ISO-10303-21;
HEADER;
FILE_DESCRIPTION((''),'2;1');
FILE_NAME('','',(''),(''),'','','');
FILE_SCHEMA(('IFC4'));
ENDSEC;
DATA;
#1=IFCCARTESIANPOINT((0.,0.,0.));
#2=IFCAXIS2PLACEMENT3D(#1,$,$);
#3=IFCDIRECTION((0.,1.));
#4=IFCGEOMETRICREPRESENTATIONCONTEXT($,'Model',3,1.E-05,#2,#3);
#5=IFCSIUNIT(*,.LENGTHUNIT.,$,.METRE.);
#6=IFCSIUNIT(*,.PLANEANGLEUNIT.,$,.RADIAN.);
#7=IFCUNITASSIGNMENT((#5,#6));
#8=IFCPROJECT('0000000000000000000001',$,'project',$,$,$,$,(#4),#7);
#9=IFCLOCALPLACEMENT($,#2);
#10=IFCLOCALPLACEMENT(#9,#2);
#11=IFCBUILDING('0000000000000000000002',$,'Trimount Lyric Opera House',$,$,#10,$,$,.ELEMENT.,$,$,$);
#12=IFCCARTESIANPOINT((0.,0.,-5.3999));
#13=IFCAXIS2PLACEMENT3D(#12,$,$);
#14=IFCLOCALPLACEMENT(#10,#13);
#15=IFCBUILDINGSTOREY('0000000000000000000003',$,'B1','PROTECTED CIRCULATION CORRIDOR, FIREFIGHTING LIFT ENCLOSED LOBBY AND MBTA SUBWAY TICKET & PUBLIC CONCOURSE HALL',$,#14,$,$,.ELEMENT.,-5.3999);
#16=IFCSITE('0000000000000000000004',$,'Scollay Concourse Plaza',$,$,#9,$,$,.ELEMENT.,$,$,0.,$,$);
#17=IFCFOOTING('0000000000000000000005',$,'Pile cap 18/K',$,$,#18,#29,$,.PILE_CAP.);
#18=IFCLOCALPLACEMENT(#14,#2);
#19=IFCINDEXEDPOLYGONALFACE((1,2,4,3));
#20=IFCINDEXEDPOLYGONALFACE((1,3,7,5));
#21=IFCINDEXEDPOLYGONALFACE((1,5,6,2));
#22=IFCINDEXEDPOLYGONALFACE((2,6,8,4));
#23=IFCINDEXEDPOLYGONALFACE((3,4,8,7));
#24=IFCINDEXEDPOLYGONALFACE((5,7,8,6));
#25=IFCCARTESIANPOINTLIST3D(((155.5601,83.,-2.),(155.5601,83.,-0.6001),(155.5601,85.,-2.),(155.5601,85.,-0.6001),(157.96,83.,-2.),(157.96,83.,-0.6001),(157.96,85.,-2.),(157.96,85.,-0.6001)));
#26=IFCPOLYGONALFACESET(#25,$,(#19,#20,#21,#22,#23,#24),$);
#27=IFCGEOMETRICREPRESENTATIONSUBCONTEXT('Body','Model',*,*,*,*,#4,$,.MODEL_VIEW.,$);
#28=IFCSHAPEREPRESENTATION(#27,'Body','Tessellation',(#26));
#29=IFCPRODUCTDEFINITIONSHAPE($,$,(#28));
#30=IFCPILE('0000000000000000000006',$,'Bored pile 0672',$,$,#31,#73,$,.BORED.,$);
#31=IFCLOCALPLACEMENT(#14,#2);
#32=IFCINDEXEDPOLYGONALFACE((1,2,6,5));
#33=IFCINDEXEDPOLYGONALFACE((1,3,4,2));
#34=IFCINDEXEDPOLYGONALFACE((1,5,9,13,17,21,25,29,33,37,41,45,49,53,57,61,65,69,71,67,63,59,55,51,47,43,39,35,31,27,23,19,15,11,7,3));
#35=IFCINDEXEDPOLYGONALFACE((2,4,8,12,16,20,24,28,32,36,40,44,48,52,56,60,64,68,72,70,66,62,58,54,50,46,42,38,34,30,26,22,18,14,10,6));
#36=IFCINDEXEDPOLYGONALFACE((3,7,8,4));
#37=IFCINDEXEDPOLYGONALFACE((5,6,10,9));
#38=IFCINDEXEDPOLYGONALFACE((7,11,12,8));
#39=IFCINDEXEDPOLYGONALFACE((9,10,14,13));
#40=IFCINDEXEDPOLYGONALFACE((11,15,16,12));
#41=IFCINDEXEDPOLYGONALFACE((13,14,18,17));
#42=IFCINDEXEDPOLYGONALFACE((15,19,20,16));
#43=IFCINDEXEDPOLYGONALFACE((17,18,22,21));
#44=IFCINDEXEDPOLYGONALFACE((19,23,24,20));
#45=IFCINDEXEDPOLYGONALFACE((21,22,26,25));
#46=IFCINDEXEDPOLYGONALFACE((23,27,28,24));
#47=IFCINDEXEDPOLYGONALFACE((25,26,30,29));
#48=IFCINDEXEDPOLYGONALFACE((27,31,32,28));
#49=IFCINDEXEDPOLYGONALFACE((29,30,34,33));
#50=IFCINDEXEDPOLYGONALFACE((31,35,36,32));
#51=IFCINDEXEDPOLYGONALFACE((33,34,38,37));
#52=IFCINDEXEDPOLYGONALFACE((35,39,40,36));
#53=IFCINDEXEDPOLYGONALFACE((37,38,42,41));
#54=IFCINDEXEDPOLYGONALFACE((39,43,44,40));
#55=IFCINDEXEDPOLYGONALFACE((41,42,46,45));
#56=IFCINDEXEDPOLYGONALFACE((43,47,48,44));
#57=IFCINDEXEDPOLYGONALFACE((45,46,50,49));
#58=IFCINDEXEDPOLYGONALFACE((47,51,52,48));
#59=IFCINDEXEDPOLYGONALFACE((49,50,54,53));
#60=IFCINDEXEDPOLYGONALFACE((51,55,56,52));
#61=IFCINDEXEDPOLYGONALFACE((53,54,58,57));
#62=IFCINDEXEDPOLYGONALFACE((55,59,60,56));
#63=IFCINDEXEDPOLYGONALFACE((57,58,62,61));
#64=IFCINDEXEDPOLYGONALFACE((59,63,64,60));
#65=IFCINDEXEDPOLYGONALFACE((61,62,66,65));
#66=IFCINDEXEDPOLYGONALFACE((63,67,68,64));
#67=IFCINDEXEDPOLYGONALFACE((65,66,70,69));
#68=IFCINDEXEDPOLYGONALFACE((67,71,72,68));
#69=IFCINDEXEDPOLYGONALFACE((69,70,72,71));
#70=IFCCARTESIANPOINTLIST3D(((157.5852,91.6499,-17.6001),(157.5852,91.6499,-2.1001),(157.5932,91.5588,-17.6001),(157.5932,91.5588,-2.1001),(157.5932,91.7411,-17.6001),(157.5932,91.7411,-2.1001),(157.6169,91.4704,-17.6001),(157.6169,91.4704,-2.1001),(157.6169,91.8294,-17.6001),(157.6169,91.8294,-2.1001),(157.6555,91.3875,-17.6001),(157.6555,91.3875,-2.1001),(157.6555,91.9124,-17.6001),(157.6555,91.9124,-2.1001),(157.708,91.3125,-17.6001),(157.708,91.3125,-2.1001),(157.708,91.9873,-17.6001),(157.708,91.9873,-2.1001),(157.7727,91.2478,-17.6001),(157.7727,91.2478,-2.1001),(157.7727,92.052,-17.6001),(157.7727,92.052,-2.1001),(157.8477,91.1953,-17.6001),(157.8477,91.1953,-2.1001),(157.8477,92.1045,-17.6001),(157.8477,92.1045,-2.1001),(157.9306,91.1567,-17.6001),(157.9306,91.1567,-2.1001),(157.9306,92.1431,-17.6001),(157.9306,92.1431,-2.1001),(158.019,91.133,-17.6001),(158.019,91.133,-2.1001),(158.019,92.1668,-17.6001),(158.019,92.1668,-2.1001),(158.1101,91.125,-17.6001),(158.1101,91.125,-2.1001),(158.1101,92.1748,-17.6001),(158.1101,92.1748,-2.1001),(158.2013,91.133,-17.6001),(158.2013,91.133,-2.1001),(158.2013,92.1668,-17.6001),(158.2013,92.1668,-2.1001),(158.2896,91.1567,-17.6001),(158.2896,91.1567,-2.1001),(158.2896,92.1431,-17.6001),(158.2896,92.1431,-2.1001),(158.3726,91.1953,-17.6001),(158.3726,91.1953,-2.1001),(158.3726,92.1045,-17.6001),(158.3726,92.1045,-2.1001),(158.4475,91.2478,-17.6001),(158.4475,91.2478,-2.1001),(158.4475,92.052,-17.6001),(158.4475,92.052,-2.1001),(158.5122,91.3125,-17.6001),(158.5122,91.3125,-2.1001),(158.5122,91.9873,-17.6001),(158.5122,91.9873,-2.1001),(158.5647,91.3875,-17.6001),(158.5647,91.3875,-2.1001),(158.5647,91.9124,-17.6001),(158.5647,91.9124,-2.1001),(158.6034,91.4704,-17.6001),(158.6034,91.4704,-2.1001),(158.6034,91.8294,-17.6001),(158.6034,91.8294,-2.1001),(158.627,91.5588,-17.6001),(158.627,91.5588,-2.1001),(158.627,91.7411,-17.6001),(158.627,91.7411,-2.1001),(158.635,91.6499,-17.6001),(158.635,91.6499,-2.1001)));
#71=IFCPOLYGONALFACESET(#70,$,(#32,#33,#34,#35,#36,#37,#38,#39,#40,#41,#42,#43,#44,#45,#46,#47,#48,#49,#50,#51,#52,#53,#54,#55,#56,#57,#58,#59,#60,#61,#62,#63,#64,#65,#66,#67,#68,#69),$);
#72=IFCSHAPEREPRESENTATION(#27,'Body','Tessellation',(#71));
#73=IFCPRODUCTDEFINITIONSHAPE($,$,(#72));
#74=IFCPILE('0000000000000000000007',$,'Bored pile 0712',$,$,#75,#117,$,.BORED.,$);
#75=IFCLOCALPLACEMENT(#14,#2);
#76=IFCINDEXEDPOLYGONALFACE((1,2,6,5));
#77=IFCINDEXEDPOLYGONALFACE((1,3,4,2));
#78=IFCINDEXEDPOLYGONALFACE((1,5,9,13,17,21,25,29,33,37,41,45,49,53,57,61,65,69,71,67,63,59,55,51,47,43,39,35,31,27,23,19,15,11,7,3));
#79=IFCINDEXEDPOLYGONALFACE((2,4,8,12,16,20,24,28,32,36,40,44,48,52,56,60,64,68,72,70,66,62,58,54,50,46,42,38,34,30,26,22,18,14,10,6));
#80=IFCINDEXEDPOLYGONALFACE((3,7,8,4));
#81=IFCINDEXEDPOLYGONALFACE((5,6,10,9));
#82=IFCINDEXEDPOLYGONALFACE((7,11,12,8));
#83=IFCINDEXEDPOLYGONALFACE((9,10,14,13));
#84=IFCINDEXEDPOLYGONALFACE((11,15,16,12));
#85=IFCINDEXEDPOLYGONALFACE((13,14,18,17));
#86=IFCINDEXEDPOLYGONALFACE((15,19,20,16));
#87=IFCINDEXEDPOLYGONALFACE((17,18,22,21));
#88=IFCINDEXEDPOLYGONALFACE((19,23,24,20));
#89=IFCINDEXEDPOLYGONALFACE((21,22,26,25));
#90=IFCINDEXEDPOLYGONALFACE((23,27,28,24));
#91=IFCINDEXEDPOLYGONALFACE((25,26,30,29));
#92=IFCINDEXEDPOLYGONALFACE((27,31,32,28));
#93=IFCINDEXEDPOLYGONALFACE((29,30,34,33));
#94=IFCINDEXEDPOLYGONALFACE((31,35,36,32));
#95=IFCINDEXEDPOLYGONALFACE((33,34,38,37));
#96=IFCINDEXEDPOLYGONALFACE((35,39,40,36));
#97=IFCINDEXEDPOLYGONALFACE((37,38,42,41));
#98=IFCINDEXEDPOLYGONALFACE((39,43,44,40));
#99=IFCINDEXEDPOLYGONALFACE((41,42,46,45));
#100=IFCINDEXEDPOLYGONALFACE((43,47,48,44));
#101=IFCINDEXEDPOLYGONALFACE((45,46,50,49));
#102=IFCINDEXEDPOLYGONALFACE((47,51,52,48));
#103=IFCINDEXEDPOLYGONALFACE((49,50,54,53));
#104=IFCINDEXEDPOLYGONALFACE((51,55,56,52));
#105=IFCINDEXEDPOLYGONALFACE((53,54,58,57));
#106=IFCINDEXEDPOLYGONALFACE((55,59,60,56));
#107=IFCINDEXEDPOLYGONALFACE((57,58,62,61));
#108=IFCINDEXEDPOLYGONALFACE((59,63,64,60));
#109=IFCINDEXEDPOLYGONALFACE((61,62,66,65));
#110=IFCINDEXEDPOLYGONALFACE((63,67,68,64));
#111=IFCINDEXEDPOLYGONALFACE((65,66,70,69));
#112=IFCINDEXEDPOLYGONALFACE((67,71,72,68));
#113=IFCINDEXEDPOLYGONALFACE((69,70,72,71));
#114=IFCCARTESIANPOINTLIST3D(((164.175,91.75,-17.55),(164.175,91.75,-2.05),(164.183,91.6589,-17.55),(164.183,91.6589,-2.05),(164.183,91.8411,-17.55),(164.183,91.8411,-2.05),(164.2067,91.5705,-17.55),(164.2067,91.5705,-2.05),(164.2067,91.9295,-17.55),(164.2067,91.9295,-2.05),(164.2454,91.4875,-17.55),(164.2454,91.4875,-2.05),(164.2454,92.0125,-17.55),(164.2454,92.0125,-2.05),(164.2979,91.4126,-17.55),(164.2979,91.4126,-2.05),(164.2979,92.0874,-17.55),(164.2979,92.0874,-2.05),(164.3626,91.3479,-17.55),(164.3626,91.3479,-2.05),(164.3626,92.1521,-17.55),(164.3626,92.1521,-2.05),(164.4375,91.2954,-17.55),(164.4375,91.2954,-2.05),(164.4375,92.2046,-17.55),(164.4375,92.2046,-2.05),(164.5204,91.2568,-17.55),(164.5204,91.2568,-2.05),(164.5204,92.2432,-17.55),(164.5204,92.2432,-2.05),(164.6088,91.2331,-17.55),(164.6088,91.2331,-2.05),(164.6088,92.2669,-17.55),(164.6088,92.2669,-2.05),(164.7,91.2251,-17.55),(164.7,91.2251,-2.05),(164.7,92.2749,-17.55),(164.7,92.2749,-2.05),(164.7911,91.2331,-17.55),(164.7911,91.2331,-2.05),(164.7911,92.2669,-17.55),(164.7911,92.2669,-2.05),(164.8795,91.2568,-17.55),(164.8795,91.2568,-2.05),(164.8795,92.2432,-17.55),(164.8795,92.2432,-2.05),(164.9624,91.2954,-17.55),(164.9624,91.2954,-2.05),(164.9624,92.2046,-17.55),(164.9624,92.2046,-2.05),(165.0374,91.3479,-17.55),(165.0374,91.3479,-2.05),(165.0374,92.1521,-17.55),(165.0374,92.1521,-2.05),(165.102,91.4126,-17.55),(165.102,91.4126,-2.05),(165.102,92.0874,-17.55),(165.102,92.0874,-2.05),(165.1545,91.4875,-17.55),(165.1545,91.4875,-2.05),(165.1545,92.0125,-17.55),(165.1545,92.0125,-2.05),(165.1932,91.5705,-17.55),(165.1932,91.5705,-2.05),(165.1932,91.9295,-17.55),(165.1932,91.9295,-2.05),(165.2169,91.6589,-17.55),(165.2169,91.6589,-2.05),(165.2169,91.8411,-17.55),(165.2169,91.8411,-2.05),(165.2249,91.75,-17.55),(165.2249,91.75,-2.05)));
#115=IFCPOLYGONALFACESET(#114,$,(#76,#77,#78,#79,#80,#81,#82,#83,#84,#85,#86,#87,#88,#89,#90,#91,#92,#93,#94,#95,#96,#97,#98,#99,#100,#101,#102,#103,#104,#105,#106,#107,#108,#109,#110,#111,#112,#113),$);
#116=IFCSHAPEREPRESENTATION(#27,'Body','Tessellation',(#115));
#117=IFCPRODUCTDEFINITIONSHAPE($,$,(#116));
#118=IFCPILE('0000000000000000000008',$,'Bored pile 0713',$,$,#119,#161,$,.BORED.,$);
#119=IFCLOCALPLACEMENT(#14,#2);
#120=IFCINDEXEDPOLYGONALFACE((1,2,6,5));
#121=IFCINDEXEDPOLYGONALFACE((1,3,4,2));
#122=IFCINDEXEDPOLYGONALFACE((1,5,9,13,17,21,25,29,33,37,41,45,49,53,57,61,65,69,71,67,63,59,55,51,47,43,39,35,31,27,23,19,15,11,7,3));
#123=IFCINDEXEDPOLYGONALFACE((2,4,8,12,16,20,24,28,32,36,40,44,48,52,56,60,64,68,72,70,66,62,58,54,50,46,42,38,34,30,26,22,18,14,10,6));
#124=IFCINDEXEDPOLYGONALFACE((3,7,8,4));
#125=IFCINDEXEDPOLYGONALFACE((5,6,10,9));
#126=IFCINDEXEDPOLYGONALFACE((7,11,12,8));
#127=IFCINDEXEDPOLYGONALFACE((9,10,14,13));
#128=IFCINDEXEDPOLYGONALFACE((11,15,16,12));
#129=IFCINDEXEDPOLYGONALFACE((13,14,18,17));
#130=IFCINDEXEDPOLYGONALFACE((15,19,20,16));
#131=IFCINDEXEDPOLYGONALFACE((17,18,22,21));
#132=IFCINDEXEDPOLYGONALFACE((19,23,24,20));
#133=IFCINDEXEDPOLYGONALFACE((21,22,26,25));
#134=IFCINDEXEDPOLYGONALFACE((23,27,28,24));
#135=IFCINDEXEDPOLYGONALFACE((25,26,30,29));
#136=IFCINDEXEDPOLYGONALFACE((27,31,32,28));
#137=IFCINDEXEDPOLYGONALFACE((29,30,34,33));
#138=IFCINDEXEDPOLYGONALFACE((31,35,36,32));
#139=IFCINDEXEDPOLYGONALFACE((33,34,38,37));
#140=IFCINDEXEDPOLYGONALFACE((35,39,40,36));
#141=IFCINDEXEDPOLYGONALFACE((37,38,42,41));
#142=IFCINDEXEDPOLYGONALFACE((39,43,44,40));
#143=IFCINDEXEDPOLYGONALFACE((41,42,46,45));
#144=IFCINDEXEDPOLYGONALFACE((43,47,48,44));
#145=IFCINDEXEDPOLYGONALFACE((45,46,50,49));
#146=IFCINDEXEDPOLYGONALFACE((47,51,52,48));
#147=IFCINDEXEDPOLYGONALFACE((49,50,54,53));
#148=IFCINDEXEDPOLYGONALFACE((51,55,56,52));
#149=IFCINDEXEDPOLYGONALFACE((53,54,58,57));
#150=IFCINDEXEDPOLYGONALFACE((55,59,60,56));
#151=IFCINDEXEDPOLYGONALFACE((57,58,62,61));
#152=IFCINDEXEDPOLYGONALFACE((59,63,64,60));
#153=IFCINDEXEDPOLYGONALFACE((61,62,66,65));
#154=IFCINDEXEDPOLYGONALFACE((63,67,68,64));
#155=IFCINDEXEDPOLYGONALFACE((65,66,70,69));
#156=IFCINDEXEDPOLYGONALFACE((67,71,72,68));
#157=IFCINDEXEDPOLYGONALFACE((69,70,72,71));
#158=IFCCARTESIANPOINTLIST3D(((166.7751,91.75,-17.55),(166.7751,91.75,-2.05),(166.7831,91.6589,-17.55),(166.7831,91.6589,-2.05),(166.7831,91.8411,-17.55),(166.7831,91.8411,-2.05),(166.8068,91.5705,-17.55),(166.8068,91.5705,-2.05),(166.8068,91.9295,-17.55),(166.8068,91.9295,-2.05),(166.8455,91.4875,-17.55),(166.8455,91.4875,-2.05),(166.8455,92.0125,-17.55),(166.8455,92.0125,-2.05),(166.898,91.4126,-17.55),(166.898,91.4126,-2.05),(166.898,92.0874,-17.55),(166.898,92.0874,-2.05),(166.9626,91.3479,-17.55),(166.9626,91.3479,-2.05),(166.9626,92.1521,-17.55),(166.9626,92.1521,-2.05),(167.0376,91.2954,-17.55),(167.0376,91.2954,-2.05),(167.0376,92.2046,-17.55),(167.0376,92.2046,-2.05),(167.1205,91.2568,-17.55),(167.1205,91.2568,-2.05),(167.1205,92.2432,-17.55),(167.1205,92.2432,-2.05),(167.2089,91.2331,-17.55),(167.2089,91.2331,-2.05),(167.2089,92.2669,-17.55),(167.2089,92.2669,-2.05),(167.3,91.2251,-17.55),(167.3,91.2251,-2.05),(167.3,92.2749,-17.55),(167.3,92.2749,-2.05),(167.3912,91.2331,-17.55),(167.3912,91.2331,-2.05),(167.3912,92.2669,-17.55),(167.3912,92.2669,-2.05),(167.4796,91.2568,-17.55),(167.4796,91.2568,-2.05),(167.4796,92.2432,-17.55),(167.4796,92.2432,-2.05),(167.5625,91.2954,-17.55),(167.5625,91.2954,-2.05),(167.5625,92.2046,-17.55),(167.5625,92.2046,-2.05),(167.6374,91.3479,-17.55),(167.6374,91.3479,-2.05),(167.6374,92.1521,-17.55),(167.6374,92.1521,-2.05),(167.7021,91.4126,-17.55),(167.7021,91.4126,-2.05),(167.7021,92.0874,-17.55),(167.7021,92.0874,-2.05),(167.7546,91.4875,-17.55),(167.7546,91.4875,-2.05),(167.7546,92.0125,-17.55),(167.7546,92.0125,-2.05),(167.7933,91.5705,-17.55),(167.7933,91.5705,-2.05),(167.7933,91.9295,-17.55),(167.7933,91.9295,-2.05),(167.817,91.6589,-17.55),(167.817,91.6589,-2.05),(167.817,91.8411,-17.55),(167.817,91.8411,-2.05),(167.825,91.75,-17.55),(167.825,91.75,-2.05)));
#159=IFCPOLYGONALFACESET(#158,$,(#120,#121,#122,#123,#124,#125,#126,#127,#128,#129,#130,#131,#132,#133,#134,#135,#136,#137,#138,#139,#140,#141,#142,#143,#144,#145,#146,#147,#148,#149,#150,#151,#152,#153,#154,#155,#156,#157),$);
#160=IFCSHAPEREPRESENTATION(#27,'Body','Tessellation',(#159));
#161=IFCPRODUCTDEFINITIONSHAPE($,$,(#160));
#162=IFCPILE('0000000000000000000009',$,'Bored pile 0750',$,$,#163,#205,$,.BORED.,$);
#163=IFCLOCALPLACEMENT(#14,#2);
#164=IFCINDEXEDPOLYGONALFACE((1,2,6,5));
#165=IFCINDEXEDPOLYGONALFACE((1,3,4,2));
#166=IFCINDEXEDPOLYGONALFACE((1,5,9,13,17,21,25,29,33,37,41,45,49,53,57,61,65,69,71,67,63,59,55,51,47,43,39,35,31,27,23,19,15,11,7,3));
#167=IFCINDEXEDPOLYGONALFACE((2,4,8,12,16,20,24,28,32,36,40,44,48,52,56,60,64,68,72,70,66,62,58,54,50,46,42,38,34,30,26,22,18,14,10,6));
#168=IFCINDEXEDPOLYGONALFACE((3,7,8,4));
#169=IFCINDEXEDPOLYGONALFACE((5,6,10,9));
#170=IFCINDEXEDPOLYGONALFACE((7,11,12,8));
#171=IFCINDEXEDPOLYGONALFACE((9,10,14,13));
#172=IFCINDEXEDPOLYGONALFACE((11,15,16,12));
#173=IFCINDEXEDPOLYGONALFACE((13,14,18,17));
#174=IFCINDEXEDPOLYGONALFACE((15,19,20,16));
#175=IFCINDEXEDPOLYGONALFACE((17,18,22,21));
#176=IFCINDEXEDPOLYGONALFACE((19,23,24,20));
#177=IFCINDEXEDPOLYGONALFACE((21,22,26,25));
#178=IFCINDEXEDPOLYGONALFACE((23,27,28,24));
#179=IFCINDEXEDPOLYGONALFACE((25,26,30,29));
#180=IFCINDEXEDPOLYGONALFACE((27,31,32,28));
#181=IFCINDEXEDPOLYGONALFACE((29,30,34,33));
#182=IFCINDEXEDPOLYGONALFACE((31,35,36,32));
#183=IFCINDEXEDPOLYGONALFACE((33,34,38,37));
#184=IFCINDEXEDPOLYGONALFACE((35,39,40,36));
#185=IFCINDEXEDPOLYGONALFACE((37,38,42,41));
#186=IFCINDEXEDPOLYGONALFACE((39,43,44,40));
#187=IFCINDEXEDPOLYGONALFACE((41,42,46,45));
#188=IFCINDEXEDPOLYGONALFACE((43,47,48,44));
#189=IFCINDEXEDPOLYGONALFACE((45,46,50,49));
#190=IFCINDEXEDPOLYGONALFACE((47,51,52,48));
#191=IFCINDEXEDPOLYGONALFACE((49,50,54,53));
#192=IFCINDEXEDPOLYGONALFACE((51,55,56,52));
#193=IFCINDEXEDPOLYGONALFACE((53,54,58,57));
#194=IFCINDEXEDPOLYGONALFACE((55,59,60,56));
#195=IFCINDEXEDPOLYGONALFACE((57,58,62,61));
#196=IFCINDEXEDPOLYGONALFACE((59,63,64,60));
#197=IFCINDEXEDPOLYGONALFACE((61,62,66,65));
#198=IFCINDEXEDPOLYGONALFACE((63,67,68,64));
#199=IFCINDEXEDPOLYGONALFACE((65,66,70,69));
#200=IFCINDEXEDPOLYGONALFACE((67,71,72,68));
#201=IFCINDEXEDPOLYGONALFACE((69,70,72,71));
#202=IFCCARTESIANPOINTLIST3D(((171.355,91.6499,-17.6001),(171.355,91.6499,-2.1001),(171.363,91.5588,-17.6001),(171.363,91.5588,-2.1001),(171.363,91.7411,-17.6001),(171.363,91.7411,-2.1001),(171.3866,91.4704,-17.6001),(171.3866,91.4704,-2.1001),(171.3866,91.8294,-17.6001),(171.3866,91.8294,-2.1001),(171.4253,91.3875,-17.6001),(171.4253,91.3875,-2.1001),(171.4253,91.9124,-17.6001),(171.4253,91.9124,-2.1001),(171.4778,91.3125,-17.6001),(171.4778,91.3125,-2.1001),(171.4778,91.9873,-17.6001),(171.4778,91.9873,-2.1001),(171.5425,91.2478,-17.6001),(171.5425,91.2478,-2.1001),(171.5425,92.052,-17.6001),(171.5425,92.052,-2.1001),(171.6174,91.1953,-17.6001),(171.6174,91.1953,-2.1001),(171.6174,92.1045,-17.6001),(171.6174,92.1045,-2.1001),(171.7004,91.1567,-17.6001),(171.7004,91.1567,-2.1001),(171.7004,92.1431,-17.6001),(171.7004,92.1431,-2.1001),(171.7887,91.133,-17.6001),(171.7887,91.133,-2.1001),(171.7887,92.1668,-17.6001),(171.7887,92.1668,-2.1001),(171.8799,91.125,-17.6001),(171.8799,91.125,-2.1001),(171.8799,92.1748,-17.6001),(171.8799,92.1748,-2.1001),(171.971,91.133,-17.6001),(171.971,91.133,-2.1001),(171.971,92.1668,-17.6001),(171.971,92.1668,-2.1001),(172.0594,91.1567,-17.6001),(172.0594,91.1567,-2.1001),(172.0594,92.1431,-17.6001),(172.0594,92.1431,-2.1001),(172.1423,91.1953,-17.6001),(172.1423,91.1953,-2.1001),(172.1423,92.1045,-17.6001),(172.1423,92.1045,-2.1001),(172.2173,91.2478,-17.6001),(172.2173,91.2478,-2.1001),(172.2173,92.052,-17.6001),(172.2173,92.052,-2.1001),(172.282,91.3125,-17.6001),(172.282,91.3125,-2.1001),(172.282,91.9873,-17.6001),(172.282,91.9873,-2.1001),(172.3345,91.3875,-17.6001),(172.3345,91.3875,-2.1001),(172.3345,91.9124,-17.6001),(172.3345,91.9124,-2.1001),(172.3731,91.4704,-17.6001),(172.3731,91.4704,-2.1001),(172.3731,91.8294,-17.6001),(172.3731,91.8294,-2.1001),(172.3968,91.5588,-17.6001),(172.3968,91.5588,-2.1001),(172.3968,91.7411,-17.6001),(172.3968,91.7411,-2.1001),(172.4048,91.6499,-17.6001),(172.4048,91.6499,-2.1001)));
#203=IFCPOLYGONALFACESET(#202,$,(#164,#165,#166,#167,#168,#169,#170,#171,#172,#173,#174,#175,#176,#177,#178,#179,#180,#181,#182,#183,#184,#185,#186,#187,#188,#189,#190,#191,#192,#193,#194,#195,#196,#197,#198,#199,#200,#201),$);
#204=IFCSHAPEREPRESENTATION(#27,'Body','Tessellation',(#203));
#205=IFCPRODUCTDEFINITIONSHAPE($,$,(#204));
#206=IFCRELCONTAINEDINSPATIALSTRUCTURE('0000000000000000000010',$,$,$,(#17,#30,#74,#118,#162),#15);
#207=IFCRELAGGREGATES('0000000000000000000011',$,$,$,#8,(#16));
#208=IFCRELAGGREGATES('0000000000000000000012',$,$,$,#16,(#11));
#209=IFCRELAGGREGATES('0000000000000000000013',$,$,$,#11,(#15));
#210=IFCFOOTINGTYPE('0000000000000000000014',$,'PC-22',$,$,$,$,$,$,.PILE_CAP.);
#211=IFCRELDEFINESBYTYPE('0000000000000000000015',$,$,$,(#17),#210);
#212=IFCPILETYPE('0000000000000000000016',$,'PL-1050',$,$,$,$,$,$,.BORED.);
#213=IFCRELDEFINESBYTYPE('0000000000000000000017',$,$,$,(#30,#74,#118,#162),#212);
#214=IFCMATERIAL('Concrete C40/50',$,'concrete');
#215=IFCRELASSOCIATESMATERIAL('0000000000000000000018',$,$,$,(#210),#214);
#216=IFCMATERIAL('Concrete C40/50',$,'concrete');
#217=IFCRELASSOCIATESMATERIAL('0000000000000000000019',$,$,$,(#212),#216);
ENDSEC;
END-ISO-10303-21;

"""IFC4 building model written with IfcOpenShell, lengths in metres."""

from ifc_helpers import new_model, si_unit, direction, frame, origin, origin_2d, place, context, subcontext, project, spatial, rectangle, circle, extrude, material, material_profile, profile_set, type_object, element, save


model = new_model("IFC4")

# Units and contexts
model_context = context("Model", 3, precision=1e-05, world=origin(), true_north=direction((0.0, 1.0)))
body_context = subcontext(model_context, "Body", "Model", "MODEL_VIEW")
ifc_project = project(units=[si_unit("LENGTHUNIT", "METRE"), si_unit("PLANEANGLEUNIT", "RADIAN")], contexts=[model_context])

# Site, building, storey
site_placement = place(None, origin())
site = spatial("IfcSite", under=ifc_project, at=site_placement, Name="Scollay Concourse Plaza", CompositionType="ELEMENT", RefElevation=0.0)
building_placement = place(site_placement, origin())
building = spatial("IfcBuilding", under=site, at=building_placement, Name="Trimount Lyric Opera House", CompositionType="ELEMENT")
storey_placement = place(building_placement, frame((0.0, 0.0, -5.3999)))
storey = spatial("IfcBuildingStorey", under=building, at=storey_placement, Name="B1", Description="PROTECTED CIRCULATION CORRIDOR, FIREFIGHTING LIFT ENCLOSED LOBBY AND MBTA SUBWAY TICKET & PUBLIC CONCOURSE HALL", CompositionType="ELEMENT", Elevation=-5.3999)

# Footing
ifc_material_1 = material(Name="Concrete C40/50", Category="concrete")
footing_type_1 = type_object("IfcFootingType", Name="PC-22", PredefinedType="PILE_CAP", material=ifc_material_1)
footing_1_placement = place(storey_placement, frame((156.76, 84.0, -2.0), z_axis=(0.0, 0.0, 1.0), x_axis=(1.0, 0.0, 0.0)))
element("IfcFooting", 1, at=footing_1_placement, inside=storey, type_object=footing_type_1, Name="Pile cap 18/K", PredefinedType="PILE_CAP", context=body_context, shape_type="SweptSolid", body=[
    extrude(rectangle(XDim=2.3999, YDim=2.0, at=origin_2d()), origin(), (0.0, 0.0, 1.0), 1.3999),
])

# Piles
ifc_material_2 = material(Name="Concrete C40/50", Category="concrete")
ifc_material_profile_1 = material_profile(ifc_material_2, circle(Radius=0.5249, at=origin_2d()), Name="PILE-D1050")
ifc_profile_set_1 = profile_set([ifc_material_profile_1], Name="Concrete C40/50")
pile_type_1 = type_object("IfcPileType", Name="PL-1050", PredefinedType="BORED", material=ifc_profile_set_1)
for number, where, z_axis, x_axis, name in (
    (2, (158.1101, 91.6499, -2.1001), (0.0, 0.0, -1.0), (1.0, 0.0, 0.0), "Bored pile 0672"),
    (3, (164.7, 91.75, -2.05), (0.0, 0.0, -1.0), (1.0, 0.0, 0.0), "Bored pile 0712"),
    (4, (167.3, 91.75, -2.05), (0.0, 0.0, -1.0), (1.0, 0.0, 0.0), "Bored pile 0713"),
    (5, (171.8799, 91.6499, -2.1001), (0.0, 0.0, -1.0), (1.0, 0.0, 0.0), "Bored pile 0750"),
):
    element("IfcPile", number, at=place(storey_placement, frame(where, z_axis=z_axis, x_axis=x_axis)), inside=storey, type_object=pile_type_1, Name=name, PredefinedType="BORED", context=body_context, shape_type="SweptSolid", body=[
        extrude(circle(Radius=0.5249, at=origin_2d()), origin(), (0.0, 0.0, 1.0), 15.5),
    ])

save(model, "model.ifc")
